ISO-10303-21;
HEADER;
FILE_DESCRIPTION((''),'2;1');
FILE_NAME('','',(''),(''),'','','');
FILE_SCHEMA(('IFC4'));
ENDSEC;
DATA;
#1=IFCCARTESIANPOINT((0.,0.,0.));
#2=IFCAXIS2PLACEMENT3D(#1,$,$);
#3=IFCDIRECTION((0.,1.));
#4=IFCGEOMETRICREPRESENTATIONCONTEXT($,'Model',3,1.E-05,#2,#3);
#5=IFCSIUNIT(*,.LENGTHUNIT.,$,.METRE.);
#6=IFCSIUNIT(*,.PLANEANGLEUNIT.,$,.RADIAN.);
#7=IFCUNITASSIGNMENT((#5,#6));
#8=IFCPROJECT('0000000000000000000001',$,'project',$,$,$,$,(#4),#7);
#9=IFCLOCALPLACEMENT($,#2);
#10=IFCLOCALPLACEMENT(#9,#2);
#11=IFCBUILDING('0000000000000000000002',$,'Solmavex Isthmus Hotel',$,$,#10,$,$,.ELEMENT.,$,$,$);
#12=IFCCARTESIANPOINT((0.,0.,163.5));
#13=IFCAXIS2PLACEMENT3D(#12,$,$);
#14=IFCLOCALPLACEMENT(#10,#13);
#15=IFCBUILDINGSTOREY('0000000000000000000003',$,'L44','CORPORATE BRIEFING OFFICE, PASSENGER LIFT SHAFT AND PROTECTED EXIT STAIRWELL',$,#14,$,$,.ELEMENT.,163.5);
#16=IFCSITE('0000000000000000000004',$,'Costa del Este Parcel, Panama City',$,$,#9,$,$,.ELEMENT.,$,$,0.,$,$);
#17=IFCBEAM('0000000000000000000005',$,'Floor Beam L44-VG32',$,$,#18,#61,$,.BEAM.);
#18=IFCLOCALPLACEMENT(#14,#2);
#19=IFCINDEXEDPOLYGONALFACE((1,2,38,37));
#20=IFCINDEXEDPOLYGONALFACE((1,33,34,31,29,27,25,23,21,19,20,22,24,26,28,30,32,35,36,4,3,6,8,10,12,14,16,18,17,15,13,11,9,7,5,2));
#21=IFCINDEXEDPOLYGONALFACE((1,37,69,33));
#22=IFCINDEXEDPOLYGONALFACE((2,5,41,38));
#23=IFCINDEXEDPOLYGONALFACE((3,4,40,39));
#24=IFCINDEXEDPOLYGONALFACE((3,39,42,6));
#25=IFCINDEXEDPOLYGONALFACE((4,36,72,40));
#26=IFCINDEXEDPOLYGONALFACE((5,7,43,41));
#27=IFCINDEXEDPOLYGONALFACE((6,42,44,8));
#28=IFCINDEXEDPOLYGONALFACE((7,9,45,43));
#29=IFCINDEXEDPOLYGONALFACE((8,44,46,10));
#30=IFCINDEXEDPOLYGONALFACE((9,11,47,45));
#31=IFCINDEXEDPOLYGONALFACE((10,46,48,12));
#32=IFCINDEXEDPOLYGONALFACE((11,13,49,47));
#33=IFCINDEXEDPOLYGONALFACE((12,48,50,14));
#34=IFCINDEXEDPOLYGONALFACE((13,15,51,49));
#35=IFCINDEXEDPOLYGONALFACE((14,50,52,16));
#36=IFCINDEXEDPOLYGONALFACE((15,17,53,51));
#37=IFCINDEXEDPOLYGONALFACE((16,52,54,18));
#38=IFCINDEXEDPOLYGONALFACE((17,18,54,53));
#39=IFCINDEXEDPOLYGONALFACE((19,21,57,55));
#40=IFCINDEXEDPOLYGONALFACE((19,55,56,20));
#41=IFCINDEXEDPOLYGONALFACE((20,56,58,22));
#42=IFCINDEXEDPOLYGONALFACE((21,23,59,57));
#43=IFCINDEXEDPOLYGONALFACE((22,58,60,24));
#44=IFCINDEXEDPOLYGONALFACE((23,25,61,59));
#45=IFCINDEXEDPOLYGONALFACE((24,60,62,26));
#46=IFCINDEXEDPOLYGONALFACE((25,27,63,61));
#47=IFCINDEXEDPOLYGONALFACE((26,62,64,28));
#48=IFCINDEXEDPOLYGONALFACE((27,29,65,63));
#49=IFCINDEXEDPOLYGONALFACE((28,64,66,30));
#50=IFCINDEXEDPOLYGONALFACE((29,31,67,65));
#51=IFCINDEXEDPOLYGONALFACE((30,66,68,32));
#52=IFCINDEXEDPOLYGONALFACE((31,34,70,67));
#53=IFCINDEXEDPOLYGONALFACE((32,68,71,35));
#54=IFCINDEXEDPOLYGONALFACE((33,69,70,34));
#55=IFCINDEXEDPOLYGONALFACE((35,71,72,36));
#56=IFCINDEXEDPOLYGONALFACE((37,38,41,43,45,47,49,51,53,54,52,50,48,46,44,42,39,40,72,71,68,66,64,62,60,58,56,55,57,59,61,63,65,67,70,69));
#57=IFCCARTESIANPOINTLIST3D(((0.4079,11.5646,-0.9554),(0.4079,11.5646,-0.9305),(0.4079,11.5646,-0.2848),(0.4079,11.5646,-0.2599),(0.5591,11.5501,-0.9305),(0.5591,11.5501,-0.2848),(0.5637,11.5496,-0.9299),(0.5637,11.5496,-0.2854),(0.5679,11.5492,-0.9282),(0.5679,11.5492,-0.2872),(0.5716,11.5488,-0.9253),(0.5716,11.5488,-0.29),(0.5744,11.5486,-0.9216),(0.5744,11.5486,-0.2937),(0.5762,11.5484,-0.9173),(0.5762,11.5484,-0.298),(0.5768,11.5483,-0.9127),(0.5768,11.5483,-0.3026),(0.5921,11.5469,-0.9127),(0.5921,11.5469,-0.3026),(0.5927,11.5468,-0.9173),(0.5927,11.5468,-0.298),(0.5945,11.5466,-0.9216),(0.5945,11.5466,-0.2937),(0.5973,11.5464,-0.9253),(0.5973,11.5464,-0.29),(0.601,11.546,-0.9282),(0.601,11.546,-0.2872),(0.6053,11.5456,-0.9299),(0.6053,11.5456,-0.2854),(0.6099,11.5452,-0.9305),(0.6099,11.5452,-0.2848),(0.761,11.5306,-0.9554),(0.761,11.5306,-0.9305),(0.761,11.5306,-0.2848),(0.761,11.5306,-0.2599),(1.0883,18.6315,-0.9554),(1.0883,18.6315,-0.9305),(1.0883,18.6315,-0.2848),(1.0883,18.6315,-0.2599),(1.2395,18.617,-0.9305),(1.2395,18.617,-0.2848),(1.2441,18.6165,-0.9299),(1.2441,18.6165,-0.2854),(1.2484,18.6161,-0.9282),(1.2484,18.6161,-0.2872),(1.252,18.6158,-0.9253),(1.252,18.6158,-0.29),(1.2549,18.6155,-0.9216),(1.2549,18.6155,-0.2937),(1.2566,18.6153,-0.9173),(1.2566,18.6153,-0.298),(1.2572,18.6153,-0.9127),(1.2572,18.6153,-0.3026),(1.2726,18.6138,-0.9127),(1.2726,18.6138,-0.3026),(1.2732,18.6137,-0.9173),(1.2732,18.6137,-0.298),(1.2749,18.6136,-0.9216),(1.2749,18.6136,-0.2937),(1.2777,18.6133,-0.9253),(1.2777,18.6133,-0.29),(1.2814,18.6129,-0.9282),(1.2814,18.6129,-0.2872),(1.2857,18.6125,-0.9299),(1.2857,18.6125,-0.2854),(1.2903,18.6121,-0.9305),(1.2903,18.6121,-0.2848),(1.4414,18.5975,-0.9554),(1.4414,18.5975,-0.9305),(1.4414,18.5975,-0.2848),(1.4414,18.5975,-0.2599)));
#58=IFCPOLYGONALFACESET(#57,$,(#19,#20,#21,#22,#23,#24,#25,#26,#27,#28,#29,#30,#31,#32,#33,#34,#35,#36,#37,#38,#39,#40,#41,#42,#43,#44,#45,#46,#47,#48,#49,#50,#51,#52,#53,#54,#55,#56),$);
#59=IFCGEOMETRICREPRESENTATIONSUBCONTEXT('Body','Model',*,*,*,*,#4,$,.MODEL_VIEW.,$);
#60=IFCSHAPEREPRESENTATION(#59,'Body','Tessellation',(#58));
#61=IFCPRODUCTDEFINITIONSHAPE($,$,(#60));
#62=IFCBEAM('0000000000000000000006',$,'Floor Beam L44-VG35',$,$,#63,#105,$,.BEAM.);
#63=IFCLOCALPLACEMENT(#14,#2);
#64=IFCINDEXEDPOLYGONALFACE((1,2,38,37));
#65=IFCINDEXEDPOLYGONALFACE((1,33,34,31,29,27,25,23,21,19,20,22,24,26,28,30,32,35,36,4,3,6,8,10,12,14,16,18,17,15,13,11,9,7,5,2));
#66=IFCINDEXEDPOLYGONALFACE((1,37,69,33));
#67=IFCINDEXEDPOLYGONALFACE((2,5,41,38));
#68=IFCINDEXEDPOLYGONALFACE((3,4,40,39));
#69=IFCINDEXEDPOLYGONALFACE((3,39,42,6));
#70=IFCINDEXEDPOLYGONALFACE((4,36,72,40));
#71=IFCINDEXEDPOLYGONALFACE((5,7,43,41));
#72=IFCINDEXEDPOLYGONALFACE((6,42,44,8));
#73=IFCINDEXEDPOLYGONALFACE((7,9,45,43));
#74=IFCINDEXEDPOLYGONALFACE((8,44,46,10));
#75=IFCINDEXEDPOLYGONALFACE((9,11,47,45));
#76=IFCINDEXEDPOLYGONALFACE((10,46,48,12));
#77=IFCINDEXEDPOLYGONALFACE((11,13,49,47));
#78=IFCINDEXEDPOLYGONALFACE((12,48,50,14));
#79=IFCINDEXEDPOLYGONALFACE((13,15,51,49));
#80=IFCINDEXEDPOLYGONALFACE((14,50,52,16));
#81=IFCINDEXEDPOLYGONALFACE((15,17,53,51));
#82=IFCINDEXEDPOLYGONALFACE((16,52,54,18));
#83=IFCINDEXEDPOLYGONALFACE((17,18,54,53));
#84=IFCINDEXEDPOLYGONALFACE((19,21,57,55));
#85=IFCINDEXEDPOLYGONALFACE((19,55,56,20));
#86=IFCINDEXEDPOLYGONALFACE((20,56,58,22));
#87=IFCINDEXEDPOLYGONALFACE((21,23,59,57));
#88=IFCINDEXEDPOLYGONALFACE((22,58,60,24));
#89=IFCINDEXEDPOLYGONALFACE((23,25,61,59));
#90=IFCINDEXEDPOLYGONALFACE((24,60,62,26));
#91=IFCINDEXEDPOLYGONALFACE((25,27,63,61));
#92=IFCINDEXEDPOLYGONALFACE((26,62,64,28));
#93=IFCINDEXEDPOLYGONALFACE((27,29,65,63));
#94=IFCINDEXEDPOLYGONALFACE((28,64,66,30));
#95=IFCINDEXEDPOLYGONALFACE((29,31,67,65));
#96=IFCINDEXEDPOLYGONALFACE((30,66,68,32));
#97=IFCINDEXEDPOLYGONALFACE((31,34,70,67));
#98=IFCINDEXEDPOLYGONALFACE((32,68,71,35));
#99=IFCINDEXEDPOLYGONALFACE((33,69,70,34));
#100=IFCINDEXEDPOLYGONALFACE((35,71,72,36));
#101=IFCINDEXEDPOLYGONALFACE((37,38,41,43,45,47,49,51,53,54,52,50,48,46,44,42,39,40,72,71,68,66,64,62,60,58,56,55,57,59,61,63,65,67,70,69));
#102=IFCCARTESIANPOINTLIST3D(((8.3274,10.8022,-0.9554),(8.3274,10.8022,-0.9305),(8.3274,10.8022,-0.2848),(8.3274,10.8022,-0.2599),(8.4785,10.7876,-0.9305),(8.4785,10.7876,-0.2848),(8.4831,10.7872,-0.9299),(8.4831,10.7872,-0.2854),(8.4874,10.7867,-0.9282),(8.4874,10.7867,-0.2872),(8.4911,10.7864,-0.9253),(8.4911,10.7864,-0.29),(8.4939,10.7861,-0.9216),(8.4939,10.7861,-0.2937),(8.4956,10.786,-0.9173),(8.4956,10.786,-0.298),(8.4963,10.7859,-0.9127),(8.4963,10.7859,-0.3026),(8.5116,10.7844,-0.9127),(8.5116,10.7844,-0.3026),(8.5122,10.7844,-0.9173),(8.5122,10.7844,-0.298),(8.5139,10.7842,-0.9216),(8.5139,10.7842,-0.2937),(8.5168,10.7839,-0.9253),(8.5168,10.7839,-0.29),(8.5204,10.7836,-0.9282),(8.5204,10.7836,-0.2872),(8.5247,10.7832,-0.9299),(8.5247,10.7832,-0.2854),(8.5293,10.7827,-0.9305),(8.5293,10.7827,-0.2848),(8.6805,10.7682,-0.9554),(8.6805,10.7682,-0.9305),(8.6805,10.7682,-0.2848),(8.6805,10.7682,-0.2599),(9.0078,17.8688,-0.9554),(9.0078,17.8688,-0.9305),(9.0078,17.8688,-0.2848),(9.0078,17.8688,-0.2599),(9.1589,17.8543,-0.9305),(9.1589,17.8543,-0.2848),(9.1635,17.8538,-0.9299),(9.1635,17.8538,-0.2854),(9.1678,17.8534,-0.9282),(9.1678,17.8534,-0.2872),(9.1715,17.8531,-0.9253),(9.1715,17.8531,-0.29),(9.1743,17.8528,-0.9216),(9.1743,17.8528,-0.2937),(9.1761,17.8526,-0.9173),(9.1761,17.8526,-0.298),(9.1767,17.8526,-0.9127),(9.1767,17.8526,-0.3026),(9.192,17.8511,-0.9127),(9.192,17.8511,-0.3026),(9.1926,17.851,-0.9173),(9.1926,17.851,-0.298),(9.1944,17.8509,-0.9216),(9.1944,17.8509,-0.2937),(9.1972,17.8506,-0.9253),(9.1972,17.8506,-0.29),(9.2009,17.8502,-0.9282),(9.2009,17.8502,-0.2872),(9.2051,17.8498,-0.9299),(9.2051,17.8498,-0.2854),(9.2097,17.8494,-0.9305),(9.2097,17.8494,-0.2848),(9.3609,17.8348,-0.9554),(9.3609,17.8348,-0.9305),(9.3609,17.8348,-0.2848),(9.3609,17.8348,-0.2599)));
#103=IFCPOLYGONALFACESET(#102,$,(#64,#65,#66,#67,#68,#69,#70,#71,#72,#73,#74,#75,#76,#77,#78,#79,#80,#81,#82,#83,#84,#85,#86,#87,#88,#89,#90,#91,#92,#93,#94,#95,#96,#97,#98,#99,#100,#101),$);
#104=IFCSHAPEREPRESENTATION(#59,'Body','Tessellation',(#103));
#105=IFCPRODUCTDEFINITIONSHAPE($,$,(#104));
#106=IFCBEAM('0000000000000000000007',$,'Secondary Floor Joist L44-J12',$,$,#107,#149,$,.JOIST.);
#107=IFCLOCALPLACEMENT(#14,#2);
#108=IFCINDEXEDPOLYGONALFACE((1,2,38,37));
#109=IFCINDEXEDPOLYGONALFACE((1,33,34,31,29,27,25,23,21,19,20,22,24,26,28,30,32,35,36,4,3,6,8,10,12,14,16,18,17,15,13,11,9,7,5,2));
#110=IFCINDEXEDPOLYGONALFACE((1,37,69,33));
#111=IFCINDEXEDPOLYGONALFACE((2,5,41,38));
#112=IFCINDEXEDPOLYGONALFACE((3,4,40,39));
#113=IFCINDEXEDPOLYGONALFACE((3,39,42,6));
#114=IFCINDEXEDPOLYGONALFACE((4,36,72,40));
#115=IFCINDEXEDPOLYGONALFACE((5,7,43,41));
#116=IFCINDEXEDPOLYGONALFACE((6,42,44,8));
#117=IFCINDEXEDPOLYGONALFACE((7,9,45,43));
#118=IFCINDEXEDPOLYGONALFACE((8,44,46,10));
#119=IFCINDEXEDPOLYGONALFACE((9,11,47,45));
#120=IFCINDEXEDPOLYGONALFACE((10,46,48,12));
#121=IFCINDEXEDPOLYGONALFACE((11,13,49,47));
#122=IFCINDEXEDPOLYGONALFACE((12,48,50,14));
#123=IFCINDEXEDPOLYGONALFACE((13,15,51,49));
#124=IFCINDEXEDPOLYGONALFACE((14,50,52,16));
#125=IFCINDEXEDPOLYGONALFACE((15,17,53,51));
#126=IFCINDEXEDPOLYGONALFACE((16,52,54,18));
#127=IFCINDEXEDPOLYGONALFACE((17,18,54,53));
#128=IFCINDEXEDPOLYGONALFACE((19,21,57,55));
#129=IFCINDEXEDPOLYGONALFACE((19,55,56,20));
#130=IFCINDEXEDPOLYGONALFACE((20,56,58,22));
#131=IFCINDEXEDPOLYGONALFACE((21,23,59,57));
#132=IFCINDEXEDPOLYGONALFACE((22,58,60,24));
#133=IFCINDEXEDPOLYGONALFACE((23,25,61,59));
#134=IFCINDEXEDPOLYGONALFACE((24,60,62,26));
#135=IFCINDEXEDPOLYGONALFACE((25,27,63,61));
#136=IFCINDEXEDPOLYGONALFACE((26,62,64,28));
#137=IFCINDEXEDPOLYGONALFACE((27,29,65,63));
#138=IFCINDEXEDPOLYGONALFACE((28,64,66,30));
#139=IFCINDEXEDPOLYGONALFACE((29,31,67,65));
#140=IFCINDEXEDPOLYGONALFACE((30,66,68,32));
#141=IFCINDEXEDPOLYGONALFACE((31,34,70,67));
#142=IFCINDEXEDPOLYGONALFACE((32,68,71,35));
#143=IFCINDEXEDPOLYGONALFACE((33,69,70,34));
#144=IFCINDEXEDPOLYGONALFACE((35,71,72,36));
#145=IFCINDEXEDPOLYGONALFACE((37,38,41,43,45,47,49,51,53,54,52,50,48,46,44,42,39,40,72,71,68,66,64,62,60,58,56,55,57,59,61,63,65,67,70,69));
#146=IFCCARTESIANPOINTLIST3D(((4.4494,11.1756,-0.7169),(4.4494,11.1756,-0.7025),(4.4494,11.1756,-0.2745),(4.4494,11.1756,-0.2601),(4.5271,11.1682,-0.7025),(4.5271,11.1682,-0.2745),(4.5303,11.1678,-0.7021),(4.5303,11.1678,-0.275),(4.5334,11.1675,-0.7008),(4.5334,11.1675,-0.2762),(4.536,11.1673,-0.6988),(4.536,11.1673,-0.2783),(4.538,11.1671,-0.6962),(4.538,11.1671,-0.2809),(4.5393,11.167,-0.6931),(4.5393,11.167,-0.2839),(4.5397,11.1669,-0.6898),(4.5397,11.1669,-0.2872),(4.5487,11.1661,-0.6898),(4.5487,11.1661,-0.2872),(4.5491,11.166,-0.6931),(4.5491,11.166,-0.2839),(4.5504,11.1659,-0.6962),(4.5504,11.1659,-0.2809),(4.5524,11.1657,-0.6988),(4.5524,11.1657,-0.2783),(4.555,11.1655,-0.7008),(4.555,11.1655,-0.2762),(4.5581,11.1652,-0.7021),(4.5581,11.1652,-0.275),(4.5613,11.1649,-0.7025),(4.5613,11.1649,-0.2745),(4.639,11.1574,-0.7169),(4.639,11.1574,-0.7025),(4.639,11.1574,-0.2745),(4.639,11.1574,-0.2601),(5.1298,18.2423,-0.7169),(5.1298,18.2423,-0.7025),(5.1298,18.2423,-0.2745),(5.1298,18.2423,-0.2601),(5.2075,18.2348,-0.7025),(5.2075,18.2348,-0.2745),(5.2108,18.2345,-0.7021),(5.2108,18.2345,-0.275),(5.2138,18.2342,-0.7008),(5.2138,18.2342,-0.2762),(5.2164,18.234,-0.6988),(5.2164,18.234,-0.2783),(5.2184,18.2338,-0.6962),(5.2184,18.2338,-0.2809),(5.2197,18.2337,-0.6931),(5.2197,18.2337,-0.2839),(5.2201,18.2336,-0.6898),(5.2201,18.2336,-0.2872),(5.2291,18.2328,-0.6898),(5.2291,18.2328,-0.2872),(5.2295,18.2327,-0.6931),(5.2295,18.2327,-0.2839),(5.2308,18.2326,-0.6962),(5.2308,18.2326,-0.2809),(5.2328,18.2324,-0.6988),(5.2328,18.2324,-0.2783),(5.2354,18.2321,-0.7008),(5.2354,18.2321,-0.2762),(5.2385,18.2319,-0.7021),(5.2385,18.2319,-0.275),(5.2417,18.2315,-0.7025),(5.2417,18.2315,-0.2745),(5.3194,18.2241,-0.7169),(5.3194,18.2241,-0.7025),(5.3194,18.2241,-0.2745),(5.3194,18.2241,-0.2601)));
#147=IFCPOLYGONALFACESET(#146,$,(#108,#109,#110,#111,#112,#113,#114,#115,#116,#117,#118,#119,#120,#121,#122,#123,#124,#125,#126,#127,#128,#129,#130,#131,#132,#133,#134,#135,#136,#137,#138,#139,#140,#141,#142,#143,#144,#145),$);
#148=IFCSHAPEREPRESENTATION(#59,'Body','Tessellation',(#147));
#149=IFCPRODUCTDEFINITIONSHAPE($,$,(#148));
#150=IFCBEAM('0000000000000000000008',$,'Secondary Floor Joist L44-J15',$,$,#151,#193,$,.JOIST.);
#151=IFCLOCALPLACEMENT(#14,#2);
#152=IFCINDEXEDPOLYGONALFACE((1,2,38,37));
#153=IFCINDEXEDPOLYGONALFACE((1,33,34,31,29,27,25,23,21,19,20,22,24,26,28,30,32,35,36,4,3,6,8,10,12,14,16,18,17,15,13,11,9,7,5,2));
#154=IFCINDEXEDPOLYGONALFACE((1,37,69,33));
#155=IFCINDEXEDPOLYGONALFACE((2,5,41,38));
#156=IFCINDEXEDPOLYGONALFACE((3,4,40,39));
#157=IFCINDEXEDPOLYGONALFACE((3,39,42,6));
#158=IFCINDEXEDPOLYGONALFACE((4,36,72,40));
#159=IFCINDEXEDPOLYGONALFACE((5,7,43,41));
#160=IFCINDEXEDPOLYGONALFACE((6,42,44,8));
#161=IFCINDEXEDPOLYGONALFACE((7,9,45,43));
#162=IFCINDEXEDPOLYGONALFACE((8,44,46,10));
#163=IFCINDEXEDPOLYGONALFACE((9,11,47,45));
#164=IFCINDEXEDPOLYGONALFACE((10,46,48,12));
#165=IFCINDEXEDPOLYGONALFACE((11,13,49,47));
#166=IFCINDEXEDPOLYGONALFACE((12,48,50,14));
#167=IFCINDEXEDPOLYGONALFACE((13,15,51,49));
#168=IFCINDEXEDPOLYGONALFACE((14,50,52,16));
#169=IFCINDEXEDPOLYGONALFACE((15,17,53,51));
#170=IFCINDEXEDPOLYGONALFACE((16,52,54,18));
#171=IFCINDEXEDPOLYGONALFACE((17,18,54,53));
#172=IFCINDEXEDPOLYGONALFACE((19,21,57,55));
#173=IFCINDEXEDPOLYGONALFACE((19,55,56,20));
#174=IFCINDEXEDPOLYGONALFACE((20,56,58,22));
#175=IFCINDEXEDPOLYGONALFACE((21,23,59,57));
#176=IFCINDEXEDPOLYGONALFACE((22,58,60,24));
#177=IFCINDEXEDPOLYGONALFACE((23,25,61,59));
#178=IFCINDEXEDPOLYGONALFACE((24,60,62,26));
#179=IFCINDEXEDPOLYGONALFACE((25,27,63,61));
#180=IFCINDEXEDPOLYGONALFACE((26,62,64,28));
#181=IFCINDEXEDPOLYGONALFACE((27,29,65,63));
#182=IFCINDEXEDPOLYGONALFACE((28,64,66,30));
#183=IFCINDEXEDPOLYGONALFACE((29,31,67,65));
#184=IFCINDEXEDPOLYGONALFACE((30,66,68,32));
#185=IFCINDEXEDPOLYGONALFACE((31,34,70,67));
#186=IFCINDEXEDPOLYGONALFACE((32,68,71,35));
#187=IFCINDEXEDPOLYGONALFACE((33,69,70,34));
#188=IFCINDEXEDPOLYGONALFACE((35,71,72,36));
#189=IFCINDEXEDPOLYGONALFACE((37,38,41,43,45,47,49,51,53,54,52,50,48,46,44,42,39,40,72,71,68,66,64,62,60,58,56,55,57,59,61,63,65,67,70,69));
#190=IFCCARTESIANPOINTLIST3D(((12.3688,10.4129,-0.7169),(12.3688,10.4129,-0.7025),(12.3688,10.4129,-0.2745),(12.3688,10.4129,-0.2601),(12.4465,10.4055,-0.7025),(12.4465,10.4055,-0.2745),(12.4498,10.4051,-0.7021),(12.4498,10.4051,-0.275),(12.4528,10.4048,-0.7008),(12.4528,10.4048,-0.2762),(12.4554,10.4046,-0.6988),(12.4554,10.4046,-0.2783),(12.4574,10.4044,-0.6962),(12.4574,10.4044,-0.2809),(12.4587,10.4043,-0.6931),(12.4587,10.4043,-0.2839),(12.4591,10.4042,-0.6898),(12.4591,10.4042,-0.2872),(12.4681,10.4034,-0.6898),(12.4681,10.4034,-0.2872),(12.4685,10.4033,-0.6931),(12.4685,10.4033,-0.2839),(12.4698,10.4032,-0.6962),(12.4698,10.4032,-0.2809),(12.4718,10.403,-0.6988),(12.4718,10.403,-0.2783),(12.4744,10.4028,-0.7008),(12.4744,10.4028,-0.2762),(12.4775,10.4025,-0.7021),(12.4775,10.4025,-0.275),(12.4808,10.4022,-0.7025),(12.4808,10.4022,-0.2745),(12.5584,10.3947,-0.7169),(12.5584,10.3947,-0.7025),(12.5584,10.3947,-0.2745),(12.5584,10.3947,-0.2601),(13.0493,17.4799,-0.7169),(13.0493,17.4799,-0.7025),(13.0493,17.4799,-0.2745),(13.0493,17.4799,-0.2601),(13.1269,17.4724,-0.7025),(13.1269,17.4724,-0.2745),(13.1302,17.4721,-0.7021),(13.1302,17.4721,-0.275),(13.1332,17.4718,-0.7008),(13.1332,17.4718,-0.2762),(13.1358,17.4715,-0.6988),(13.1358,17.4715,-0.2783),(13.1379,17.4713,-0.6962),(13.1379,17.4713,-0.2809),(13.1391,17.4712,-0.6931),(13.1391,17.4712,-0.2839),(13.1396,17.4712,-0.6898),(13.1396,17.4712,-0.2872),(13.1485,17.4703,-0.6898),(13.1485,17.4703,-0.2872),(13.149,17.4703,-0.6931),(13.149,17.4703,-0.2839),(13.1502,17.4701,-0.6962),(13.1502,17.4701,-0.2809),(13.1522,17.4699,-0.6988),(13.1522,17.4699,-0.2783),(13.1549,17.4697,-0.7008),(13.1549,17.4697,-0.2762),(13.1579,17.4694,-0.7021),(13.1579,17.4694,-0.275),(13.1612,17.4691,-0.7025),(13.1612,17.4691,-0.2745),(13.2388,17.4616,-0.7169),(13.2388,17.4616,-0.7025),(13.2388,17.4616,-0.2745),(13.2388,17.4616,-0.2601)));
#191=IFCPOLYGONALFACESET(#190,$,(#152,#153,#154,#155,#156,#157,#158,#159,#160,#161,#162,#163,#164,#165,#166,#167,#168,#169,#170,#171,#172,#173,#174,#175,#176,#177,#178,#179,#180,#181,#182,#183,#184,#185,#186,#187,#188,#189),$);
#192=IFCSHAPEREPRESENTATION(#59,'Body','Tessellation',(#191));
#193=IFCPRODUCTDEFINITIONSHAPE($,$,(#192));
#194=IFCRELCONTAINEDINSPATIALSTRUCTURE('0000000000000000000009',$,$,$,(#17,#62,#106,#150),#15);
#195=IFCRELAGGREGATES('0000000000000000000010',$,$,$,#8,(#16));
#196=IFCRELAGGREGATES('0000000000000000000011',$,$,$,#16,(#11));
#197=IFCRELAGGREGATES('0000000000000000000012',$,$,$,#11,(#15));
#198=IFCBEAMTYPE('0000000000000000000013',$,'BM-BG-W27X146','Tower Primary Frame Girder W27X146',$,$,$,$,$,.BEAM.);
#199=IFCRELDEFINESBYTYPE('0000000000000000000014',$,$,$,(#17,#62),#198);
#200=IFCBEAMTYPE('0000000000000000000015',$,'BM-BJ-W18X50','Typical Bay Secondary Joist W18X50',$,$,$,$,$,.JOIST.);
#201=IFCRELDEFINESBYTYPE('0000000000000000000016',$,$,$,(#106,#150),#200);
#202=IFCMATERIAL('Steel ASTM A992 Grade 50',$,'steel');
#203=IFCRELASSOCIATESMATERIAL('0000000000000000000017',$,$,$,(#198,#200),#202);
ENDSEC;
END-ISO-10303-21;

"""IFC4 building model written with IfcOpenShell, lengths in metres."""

from ifc_helpers import new_model, si_unit, direction, frame, origin, origin_2d, place, context, subcontext, project, spatial, i_section, extrude, material, material_profile, profile_set, type_object, element, save


model = new_model("IFC4")

# Units and contexts
model_context = context("Model", 3, precision=1e-05, world=origin(), true_north=direction((0.0, 1.0)))
body_context = subcontext(model_context, "Body", "Model", "MODEL_VIEW")
ifc_project = project(units=[si_unit("LENGTHUNIT", "METRE"), si_unit("PLANEANGLEUNIT", "RADIAN")], contexts=[model_context])

# Site, building, storey
site_placement = place(None, origin())
site = spatial("IfcSite", under=ifc_project, at=site_placement, Name="Costa del Este Parcel, Panama City", CompositionType="ELEMENT", RefElevation=0.0)
building_placement = place(site_placement, origin())
building = spatial("IfcBuilding", under=site, at=building_placement, Name="Solmavex Isthmus Hotel", CompositionType="ELEMENT")
storey_placement = place(building_placement, frame((0.0, 0.0, 163.5)))
storey = spatial("IfcBuildingStorey", under=building, at=storey_placement, Name="L44", Description="CORPORATE BRIEFING OFFICE, PASSENGER LIFT SHAFT AND PROTECTED EXIT STAIRWELL", CompositionType="ELEMENT", Elevation=163.5)

# Beams
ifc_material_1 = material(Name="Steel ASTM A992 Grade 50", Category="steel")
ifc_material_profile_1 = material_profile(ifc_material_1, i_section(OverallWidth=0.3547, OverallDepth=0.6956, WebThickness=0.0154, FlangeThickness=0.0249, FilletRadius=0.0178, at=origin_2d()), Name="W27X146")
ifc_profile_set_1 = profile_set([ifc_material_profile_1], Name="Steel ASTM A992 Grade 50")
beam_type_1 = type_object("IfcBeamType", Name="BM-BG-W27X146", Description="Tower Primary Frame Girder W27X146", PredefinedType="BEAM", material=ifc_profile_set_1)
beam_1_placement = place(storey_placement, frame((0.5845, 11.5476, -0.6077), z_axis=(0.09584, 0.995397, 0.0), x_axis=(-0.995397, 0.09584, 0.0)))
element("IfcBeam", 1, at=beam_1_placement, inside=storey, type_object=beam_type_1, Name="Floor Beam L44-VG32", PredefinedType="BEAM", context=body_context, shape_type="SweptSolid", body=[
    extrude(i_section(OverallWidth=0.3547, OverallDepth=0.6956, WebThickness=0.0154, FlangeThickness=0.0249, FilletRadius=0.0178, at=origin_2d()), origin(), (0.0, 0.0, 1.0), 7.0996),
])
beam_2_placement = place(storey_placement, frame((8.5039, 10.7852, -0.6077), z_axis=(0.095843, 0.995396, 0.0), x_axis=(-0.995396, 0.095843, 0.0)))
element("IfcBeam", 2, at=beam_2_placement, inside=storey, type_object=beam_type_1, Name="Floor Beam L44-VG35", PredefinedType="BEAM", context=body_context, shape_type="SweptSolid", body=[
    extrude(i_section(OverallWidth=0.3547, OverallDepth=0.6956, WebThickness=0.0154, FlangeThickness=0.0249, FilletRadius=0.0178, at=origin_2d()), origin(), (0.0, 0.0, 1.0), 7.0994),
])
ifc_material_profile_2 = material_profile(ifc_material_1, i_section(OverallWidth=0.1904, OverallDepth=0.4568, WebThickness=0.009, FlangeThickness=0.0144, FilletRadius=0.0127, at=origin_2d()), Name="W18X50")
ifc_profile_set_2 = profile_set([ifc_material_profile_2], Name="Steel ASTM A992 Grade 50")
beam_type_2 = type_object("IfcBeamType", Name="BM-BJ-W18X50", Description="Typical Bay Secondary Joist W18X50", PredefinedType="JOIST", material=ifc_profile_set_2)
beam_3_placement = place(storey_placement, frame((4.5442, 11.1665, -0.4885), z_axis=(0.095843, 0.995396, 0.0), x_axis=(-0.995396, 0.095843, 0.0)))
element("IfcBeam", 3, at=beam_3_placement, inside=storey, type_object=beam_type_2, Name="Secondary Floor Joist L44-J12", PredefinedType="JOIST", context=body_context, shape_type="SweptSolid", body=[
    extrude(i_section(OverallWidth=0.1904, OverallDepth=0.4568, WebThickness=0.009, FlangeThickness=0.0144, FilletRadius=0.0127, at=origin_2d()), origin(), (0.0, 0.0, 1.0), 7.0994),
])
beam_4_placement = place(storey_placement, frame((12.4636, 10.4038, -0.4885), z_axis=(0.09584, 0.995397, 0.0), x_axis=(-0.995397, 0.09584, 0.0)))
element("IfcBeam", 4, at=beam_4_placement, inside=storey, type_object=beam_type_2, Name="Secondary Floor Joist L44-J15", PredefinedType="JOIST", context=body_context, shape_type="SweptSolid", body=[
    extrude(i_section(OverallWidth=0.1904, OverallDepth=0.4568, WebThickness=0.009, FlangeThickness=0.0144, FilletRadius=0.0127, at=origin_2d()), origin(), (0.0, 0.0, 1.0), 7.0996),
])

save(model, "model.ifc")
